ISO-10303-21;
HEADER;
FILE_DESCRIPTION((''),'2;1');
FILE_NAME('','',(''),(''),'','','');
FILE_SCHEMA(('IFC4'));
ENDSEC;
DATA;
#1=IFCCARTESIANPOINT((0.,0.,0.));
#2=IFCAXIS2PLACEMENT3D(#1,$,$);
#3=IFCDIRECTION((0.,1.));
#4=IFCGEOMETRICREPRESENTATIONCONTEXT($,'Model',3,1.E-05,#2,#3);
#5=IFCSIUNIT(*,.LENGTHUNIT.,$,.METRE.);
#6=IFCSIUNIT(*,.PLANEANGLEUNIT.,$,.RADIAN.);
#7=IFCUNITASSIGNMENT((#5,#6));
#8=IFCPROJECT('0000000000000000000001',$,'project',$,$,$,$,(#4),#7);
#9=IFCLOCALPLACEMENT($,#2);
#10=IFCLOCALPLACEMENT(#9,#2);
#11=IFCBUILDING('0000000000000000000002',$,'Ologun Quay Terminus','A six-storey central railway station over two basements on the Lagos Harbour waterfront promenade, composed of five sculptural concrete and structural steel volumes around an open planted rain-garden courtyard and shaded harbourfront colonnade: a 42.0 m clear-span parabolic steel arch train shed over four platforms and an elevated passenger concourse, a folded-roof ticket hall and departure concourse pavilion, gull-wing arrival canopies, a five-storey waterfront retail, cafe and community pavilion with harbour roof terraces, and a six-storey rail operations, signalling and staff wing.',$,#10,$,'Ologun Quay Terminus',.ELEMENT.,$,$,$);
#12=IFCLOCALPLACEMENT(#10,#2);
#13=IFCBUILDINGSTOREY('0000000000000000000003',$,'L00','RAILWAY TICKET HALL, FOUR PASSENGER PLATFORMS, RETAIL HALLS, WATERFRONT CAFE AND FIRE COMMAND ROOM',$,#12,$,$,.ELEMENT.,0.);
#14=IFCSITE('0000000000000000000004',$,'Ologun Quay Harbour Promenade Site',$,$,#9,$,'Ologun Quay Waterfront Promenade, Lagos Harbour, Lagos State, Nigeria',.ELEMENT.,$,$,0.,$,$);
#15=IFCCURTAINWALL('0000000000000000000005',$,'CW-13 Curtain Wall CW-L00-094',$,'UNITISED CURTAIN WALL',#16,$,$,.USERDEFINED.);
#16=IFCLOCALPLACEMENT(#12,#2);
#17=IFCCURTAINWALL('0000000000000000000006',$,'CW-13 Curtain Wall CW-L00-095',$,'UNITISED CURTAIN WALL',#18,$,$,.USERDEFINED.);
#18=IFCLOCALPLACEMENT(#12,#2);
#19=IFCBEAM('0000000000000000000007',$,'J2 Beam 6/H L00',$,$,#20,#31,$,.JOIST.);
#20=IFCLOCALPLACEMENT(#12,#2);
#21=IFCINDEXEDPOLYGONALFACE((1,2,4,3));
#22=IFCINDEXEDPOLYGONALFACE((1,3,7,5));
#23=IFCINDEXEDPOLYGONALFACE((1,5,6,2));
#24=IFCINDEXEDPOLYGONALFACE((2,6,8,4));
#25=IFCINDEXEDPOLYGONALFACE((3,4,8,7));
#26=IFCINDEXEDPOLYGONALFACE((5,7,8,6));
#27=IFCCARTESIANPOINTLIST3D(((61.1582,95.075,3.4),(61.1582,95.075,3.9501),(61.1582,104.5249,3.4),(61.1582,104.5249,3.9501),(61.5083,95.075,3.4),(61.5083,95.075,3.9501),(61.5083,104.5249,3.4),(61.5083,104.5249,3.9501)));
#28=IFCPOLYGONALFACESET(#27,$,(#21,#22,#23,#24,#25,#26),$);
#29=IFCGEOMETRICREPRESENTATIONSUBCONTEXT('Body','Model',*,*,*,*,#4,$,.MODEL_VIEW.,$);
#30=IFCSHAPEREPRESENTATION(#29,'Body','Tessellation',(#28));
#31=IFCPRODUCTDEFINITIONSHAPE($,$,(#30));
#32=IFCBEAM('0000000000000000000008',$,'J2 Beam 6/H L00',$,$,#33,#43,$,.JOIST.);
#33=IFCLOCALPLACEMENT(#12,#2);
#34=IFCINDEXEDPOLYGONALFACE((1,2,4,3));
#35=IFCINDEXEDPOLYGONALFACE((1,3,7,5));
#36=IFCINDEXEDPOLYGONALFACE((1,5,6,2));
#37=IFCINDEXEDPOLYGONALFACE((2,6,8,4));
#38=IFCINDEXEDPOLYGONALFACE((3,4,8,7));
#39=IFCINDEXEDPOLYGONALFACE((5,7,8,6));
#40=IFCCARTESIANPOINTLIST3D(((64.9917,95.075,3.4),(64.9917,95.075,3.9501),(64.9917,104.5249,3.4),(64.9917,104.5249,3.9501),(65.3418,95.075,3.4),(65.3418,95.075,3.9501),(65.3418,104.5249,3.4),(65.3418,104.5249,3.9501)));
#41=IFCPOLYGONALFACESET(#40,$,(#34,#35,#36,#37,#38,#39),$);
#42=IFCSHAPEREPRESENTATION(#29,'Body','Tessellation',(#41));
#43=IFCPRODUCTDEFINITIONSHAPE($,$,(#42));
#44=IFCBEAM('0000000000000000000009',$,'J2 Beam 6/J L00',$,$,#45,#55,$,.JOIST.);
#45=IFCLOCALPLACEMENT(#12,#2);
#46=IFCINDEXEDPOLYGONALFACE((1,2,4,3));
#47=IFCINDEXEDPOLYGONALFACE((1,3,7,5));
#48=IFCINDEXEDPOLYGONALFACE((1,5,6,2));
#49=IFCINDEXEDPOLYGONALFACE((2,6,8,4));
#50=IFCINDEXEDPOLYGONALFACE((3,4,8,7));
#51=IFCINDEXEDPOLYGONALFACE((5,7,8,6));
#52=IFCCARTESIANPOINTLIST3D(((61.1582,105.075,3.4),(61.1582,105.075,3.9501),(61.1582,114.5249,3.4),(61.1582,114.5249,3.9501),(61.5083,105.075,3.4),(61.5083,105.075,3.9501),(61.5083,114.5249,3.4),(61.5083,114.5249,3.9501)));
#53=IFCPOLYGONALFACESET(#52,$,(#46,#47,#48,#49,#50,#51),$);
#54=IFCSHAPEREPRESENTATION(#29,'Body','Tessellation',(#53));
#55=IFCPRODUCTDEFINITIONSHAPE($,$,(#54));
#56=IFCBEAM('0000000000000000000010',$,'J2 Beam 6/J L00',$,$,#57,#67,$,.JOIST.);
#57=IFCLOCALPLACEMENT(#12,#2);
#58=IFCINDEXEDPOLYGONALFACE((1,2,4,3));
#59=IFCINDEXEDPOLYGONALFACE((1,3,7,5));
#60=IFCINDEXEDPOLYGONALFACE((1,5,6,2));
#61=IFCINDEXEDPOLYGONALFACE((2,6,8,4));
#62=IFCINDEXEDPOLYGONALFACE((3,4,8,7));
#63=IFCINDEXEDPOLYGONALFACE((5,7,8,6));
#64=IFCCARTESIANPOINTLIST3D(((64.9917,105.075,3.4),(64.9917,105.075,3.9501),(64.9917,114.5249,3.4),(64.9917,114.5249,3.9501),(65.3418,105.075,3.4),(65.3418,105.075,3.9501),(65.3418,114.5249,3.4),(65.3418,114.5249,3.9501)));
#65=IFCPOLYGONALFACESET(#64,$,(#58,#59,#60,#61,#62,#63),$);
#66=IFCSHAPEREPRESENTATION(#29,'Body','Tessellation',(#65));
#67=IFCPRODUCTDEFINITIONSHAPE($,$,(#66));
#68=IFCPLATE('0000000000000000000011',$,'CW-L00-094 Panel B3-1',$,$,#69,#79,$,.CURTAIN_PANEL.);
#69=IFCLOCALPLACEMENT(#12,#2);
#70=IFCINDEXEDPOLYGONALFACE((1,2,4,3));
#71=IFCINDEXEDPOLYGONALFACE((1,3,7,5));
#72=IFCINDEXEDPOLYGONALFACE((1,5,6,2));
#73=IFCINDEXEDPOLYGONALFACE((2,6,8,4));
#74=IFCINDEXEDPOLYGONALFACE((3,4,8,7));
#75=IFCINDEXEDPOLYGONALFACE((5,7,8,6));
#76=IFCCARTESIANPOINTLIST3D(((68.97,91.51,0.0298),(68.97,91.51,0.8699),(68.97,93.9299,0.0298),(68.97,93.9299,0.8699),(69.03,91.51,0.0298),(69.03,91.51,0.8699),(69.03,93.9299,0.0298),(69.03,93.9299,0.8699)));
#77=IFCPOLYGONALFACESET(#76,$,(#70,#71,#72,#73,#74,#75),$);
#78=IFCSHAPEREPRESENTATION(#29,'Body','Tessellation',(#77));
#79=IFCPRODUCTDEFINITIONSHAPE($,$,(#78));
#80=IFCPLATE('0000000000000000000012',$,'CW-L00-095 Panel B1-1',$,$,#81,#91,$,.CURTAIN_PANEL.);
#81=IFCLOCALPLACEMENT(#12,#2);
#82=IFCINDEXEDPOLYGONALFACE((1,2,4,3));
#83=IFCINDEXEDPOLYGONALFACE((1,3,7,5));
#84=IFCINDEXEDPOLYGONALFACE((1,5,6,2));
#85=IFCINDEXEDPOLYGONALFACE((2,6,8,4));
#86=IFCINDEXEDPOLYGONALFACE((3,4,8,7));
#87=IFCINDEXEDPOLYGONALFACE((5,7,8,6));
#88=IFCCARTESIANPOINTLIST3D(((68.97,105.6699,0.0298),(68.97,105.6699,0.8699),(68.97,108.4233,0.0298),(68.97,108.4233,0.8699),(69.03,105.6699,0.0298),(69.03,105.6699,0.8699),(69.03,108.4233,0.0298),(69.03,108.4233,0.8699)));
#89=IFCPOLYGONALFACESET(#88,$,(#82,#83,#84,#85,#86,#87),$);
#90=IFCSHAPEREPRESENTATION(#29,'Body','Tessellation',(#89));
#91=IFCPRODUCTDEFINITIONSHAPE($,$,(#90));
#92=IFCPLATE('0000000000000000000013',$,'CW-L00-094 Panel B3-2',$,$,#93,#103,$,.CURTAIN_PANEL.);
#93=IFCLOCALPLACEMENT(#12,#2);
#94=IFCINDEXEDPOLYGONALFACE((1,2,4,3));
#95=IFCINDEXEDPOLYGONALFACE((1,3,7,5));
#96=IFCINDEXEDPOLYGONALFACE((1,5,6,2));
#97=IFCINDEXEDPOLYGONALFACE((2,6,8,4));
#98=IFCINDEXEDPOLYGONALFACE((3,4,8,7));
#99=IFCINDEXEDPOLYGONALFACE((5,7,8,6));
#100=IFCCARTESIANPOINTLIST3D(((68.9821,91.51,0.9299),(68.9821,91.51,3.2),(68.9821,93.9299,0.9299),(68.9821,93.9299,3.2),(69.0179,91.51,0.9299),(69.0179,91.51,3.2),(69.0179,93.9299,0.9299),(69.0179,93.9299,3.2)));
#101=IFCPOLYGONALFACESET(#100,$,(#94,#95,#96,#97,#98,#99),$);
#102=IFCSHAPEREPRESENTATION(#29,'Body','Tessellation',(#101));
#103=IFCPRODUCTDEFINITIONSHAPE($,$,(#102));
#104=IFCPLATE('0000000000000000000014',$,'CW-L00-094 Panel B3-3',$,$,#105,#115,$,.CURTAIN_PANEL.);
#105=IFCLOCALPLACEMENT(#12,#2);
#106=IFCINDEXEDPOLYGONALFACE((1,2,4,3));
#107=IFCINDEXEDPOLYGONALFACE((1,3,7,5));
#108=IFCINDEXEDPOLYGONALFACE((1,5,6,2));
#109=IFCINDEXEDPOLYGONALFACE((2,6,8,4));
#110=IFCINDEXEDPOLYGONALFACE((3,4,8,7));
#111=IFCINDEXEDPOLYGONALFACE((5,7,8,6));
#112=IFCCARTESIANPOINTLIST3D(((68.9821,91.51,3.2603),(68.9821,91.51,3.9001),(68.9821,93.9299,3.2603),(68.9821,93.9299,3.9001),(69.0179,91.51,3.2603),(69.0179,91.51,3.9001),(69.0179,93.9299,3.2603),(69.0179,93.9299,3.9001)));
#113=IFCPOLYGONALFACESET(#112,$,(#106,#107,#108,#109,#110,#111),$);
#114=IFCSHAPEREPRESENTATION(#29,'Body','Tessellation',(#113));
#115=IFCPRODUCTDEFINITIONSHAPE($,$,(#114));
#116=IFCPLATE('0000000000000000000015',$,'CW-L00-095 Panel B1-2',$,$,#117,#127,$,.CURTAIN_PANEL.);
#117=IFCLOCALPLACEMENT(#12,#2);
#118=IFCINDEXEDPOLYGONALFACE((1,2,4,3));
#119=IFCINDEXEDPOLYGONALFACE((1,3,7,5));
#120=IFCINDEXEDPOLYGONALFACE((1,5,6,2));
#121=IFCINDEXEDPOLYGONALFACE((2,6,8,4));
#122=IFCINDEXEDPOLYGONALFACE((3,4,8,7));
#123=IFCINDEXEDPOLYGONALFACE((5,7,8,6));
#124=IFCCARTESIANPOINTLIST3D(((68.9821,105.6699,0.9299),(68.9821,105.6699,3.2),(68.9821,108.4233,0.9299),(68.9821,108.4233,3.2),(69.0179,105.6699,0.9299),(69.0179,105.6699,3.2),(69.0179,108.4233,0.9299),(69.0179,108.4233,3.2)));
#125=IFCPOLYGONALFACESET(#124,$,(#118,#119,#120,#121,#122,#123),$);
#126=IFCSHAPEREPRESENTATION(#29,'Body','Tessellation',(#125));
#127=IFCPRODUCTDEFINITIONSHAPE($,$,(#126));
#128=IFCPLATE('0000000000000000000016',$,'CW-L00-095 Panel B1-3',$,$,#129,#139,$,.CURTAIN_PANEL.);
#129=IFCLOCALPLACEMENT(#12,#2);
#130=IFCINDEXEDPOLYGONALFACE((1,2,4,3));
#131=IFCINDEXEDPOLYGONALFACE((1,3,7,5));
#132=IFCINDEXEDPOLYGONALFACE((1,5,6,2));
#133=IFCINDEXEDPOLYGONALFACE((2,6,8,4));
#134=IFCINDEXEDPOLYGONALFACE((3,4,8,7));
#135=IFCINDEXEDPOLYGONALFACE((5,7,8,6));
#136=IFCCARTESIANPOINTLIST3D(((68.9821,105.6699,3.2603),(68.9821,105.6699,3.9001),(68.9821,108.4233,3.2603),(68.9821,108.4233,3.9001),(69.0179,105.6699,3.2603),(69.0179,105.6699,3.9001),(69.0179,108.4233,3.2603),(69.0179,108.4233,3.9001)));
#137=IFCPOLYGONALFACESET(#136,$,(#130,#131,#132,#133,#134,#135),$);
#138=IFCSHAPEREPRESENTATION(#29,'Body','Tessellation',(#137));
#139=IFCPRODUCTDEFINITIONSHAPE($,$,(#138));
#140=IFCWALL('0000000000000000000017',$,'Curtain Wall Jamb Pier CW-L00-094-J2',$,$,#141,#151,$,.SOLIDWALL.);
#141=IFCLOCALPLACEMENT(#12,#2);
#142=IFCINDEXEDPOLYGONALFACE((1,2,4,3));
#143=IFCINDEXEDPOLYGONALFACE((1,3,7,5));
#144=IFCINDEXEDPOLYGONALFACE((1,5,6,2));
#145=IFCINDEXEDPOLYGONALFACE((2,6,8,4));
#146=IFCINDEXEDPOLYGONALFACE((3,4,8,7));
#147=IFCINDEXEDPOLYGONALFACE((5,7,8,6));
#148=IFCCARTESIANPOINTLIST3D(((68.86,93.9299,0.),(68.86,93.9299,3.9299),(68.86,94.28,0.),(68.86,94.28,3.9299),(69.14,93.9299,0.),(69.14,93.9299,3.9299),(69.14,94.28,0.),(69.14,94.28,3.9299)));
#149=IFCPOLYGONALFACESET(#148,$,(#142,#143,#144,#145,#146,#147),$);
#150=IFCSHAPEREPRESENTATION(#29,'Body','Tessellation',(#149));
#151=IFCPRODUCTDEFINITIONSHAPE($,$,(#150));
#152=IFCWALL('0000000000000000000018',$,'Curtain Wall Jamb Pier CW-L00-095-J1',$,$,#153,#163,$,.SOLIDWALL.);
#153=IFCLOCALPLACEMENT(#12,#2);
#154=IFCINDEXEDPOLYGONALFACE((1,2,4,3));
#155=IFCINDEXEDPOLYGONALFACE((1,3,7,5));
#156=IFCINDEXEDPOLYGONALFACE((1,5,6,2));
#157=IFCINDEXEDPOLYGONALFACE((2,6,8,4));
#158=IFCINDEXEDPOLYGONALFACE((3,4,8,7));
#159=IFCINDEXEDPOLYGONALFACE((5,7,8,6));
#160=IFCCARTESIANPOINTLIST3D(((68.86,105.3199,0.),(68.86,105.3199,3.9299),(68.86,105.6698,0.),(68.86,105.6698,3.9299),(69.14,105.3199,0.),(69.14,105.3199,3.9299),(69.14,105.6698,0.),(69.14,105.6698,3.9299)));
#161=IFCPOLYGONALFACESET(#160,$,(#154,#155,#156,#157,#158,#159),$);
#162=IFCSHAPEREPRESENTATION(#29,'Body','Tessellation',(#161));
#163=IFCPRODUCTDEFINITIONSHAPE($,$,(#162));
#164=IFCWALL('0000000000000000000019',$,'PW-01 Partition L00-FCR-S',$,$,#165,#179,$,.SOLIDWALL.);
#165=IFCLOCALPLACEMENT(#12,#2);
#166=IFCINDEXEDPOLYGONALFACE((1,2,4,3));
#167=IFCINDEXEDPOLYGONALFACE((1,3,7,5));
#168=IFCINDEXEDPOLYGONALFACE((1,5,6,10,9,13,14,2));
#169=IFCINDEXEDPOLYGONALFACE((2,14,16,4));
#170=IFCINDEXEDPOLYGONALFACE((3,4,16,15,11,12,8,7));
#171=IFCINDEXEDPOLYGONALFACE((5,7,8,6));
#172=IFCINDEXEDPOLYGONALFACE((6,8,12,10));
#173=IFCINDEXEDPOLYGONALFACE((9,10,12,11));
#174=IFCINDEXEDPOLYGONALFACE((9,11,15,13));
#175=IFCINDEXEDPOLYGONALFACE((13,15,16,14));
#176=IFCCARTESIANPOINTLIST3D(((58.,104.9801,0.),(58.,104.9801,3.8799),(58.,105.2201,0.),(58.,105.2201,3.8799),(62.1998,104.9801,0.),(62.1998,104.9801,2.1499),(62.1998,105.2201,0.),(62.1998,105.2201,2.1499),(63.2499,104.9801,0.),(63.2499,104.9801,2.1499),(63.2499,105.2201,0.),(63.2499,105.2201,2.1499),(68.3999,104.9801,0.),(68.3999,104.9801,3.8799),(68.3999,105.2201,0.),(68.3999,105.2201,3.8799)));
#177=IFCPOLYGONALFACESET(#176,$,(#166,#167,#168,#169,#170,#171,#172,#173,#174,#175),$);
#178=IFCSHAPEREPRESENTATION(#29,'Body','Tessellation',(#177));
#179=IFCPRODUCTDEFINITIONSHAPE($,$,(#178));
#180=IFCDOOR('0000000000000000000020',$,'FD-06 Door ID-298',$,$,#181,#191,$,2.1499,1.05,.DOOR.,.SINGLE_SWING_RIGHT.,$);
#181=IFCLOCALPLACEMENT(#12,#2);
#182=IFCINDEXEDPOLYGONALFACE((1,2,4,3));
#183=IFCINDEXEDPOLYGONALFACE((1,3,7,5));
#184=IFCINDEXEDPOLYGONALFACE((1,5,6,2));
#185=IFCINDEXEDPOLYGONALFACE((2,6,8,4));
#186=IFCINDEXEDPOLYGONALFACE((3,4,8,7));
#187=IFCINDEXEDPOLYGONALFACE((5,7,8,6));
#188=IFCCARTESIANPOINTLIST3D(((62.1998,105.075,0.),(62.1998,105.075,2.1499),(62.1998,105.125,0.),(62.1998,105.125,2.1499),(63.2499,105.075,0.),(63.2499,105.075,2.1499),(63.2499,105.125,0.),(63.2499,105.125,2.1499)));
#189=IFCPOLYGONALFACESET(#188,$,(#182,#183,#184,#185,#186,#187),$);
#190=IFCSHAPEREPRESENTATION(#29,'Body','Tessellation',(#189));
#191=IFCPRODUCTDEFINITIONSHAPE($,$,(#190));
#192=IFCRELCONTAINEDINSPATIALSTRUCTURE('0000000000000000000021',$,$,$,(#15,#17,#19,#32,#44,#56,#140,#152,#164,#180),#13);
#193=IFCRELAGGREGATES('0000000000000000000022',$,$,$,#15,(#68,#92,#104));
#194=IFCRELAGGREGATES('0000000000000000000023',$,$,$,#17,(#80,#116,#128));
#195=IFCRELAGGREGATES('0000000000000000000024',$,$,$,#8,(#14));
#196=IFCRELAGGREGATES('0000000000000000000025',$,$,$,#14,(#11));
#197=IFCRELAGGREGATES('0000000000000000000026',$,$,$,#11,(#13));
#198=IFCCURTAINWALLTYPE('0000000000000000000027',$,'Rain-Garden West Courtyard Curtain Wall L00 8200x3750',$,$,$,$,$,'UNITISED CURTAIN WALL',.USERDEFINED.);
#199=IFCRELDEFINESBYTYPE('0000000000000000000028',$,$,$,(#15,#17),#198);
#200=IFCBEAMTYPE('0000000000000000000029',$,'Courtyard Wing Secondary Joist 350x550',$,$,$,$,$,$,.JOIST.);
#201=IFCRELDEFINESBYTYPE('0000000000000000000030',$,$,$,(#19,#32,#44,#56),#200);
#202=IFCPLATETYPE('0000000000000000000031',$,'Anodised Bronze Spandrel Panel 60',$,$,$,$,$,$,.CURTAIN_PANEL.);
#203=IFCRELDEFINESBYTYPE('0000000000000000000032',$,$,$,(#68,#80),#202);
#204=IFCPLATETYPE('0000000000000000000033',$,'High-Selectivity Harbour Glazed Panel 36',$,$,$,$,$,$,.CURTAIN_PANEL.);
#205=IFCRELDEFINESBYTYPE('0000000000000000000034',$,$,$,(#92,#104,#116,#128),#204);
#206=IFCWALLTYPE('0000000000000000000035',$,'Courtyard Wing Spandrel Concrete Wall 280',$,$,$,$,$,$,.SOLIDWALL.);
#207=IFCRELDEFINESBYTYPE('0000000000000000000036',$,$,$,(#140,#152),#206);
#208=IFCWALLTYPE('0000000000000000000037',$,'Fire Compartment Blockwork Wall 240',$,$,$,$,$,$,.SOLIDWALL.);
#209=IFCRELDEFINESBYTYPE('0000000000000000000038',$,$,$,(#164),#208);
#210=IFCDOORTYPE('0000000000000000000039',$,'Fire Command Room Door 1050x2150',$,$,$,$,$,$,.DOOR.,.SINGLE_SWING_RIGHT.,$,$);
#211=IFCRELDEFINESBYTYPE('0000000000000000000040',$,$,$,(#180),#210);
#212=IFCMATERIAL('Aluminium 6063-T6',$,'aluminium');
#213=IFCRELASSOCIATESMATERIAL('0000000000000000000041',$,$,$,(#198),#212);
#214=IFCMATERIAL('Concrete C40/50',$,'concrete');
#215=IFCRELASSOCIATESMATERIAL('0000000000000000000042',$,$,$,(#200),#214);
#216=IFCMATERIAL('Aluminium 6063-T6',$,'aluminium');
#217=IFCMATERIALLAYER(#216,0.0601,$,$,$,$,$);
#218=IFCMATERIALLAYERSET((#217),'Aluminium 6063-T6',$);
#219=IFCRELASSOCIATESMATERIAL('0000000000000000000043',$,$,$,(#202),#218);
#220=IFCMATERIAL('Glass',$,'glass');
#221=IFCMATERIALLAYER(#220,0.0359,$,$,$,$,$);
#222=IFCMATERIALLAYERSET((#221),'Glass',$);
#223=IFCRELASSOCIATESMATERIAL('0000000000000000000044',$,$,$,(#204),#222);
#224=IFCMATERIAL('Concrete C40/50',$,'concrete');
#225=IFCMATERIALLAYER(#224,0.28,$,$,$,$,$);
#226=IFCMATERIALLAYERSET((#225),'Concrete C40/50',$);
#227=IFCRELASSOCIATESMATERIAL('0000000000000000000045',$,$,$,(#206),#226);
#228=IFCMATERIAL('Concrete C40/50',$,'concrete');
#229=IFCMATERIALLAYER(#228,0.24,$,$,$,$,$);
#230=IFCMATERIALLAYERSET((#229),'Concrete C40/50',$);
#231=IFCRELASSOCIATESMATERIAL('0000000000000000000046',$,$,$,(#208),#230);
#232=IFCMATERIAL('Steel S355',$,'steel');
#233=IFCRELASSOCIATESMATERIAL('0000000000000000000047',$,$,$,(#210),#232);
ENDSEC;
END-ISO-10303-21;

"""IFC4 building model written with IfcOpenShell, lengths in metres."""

from ifc_helpers import new_model, si_unit, direction, frame, frame_2d, origin, origin_2d, place, context, subcontext, project, spatial, rectangle, extrude, material, layer, layer_set, material_profile, profile_set, type_object, element, fill, aggregate, save


model = new_model("IFC4")

# Units and contexts
model_context = context("Model", 3, precision=1e-05, world=origin(), true_north=direction((0.0, 1.0)))
body_context = subcontext(model_context, "Body", "Model", "MODEL_VIEW")
ifc_project = project(units=[si_unit("LENGTHUNIT", "METRE"), si_unit("PLANEANGLEUNIT", "RADIAN")], contexts=[model_context])

# Site, building, storey
site_placement = place(None, origin())
site = spatial("IfcSite", under=ifc_project, at=site_placement, Name="Ologun Quay Harbour Promenade Site", LongName="Ologun Quay Waterfront Promenade, Lagos Harbour, Lagos State, Nigeria", CompositionType="ELEMENT", RefElevation=0.0)
building_placement = place(site_placement, origin())
building = spatial("IfcBuilding", under=site, at=building_placement, Name="Ologun Quay Terminus", Description="A six-storey central railway station over two basements on the Lagos Harbour waterfront promenade, composed of five sculptural concrete and structural steel volumes around an open planted rain-garden courtyard and shaded harbourfront colonnade: a 42.0 m clear-span parabolic steel arch train shed over four platforms and an elevated passenger concourse, a folded-roof ticket hall and departure concourse pavilion, gull-wing arrival canopies, a five-storey waterfront retail, cafe and community pavilion with harbour roof terraces, and a six-storey rail operations, signalling and staff wing.", LongName="Ologun Quay Terminus", CompositionType="ELEMENT")
storey_placement = place(building_placement, origin())
storey = spatial("IfcBuildingStorey", under=building, at=storey_placement, Name="L00", Description="RAILWAY TICKET HALL, FOUR PASSENGER PLATFORMS, RETAIL HALLS, WATERFRONT CAFE AND FIRE COMMAND ROOM", CompositionType="ELEMENT", Elevation=0.0)

# Curtain wall
ifc_material_1 = material(Name="Aluminium 6063-T6", Category="aluminium")
curtain_wall_type = type_object("IfcCurtainWallType", Name="Rain-Garden West Courtyard Curtain Wall L00 8200x3750", ElementType="UNITISED CURTAIN WALL", PredefinedType="USERDEFINED", material=ifc_material_1)
curtain_wall_1_placement = place(storey_placement, origin())
curtain_wall_1 = element("IfcCurtainWall", 1, at=curtain_wall_1_placement, inside=storey, type_object=curtain_wall_type, Name="CW-13 Curtain Wall CW-L00-094", ObjectType="UNITISED CURTAIN WALL", PredefinedType="USERDEFINED")

# Curtain wall
curtain_wall_2_placement = place(storey_placement, origin())
curtain_wall_2 = element("IfcCurtainWall", 2, at=curtain_wall_2_placement, inside=storey, type_object=curtain_wall_type, Name="CW-13 Curtain Wall CW-L00-095", ObjectType="UNITISED CURTAIN WALL", PredefinedType="USERDEFINED")

# Beams
ifc_material_2 = material(Name="Concrete C40/50", Category="concrete")
ifc_material_profile_1 = material_profile(ifc_material_2, rectangle(XDim=0.3501, YDim=0.55, at=origin_2d()), Name="RC 350x550")
ifc_profile_set_1 = profile_set([ifc_material_profile_1], Name="Concrete C40/50")
beam_type_1 = type_object("IfcBeamType", Name="Courtyard Wing Secondary Joist 350x550", PredefinedType="JOIST", material=ifc_profile_set_1)
for number, where, z_axis, x_axis, name in (
    (3, (61.3333, 95.075, 3.675), (0.0, 1.0, 0.0), (-1.0, 0.0, 0.0), "J2 Beam 6/H L00"),
    (4, (65.1667, 95.075, 3.675), (0.0, 1.0, 0.0), (-1.0, 0.0, 0.0), "J2 Beam 6/H L00"),
    (5, (61.3333, 105.075, 3.675), (0.0, 1.0, 0.0), (-1.0, 0.0, 0.0), "J2 Beam 6/J L00"),
    (6, (65.1667, 105.075, 3.675), (0.0, 1.0, 0.0), (-1.0, 0.0, 0.0), "J2 Beam 6/J L00"),
):
    element("IfcBeam", number, at=place(storey_placement, frame(where, z_axis=z_axis, x_axis=x_axis)), inside=storey, type_object=beam_type_1, Name=name, PredefinedType="JOIST", context=body_context, shape_type="SweptSolid", body=[
        extrude(rectangle(XDim=0.3501, YDim=0.55, at=origin_2d()), origin(), (0.0, 0.0, 1.0), 9.45),
    ])

# Plates
ifc_material_3 = material(Name="Aluminium 6063-T6", Category="aluminium")
ifc_layer_1 = layer(ifc_material_3, 0.0601)
ifc_layer_set_1 = layer_set([ifc_layer_1], Name="Aluminium 6063-T6")
plate_type_1 = type_object("IfcPlateType", Name="Anodised Bronze Spandrel Panel 60", PredefinedType="CURTAIN_PANEL", material=ifc_layer_set_1)
plate_1_placement = place(storey_placement, frame((69.0, 92.72, 0.0298), z_axis=(0.0, 0.0, 1.0), x_axis=(0.0, 1.0, 0.0)))
plate_1 = element("IfcPlate", 7, at=plate_1_placement, type_object=plate_type_1, Name="CW-L00-094 Panel B3-1", PredefinedType="CURTAIN_PANEL", context=body_context, shape_type="SweptSolid", body=[
    extrude(rectangle(XDim=2.4199, YDim=0.0601, at=origin_2d()), origin(), (0.0, 0.0, 1.0), 0.8401),
])
plate_2_placement = place(storey_placement, frame((69.0, 107.0466, 0.0298), z_axis=(0.0, 0.0, 1.0), x_axis=(0.0, 1.0, 0.0)))
plate_2 = element("IfcPlate", 8, at=plate_2_placement, type_object=plate_type_1, Name="CW-L00-095 Panel B1-1", PredefinedType="CURTAIN_PANEL", context=body_context, shape_type="SweptSolid", body=[
    extrude(rectangle(XDim=2.7534, YDim=0.0601, at=origin_2d()), origin(), (0.0, 0.0, 1.0), 0.8401),
])
ifc_material_4 = material(Name="Glass", Category="glass")
ifc_layer_2 = layer(ifc_material_4, 0.0359)
ifc_layer_set_2 = layer_set([ifc_layer_2], Name="Glass")
plate_type_2 = type_object("IfcPlateType", Name="High-Selectivity Harbour Glazed Panel 36", PredefinedType="CURTAIN_PANEL", material=ifc_layer_set_2)
plate_3_placement = place(storey_placement, frame((69.0, 92.72, 0.9299), z_axis=(0.0, 0.0, 1.0), x_axis=(0.0, 1.0, 0.0)))
plate_3 = element("IfcPlate", 9, at=plate_3_placement, type_object=plate_type_2, Name="CW-L00-094 Panel B3-2", PredefinedType="CURTAIN_PANEL", context=body_context, shape_type="SweptSolid", body=[
    extrude(rectangle(XDim=2.4199, YDim=0.0359, at=origin_2d()), origin(), (0.0, 0.0, 1.0), 2.27),
])
plate_4_placement = place(storey_placement, frame((69.0, 92.72, 3.2603), z_axis=(0.0, 0.0, 1.0), x_axis=(0.0, 1.0, 0.0)))
plate_4 = element("IfcPlate", 10, at=plate_4_placement, type_object=plate_type_2, Name="CW-L00-094 Panel B3-3", PredefinedType="CURTAIN_PANEL", context=body_context, shape_type="SweptSolid", body=[
    extrude(rectangle(XDim=2.4199, YDim=0.0359, at=origin_2d()), origin(), (0.0, 0.0, 1.0), 0.6399),
])
aggregate(curtain_wall_1, [plate_1, plate_3, plate_4])
plate_5_placement = place(storey_placement, frame((69.0, 107.0466, 0.9299), z_axis=(0.0, 0.0, 1.0), x_axis=(0.0, 1.0, 0.0)))
plate_5 = element("IfcPlate", 11, at=plate_5_placement, type_object=plate_type_2, Name="CW-L00-095 Panel B1-2", PredefinedType="CURTAIN_PANEL", context=body_context, shape_type="SweptSolid", body=[
    extrude(rectangle(XDim=2.7534, YDim=0.0359, at=origin_2d()), origin(), (0.0, 0.0, 1.0), 2.27),
])
plate_6_placement = place(storey_placement, frame((69.0, 107.0466, 3.2603), z_axis=(0.0, 0.0, 1.0), x_axis=(0.0, 1.0, 0.0)))
plate_6 = element("IfcPlate", 12, at=plate_6_placement, type_object=plate_type_2, Name="CW-L00-095 Panel B1-3", PredefinedType="CURTAIN_PANEL", context=body_context, shape_type="SweptSolid", body=[
    extrude(rectangle(XDim=2.7534, YDim=0.0359, at=origin_2d()), origin(), (0.0, 0.0, 1.0), 0.6399),
])
aggregate(curtain_wall_2, [plate_2, plate_5, plate_6])

# Walls
ifc_material_5 = material(Name="Concrete C40/50", Category="concrete")
ifc_layer_3 = layer(ifc_material_5, 0.28)
ifc_layer_set_3 = layer_set([ifc_layer_3], Name="Concrete C40/50")
wall_type_1 = type_object("IfcWallType", Name="Courtyard Wing Spandrel Concrete Wall 280", PredefinedType="SOLIDWALL", material=ifc_layer_set_3)
wall_1_placement = place(storey_placement, frame((69.0, 93.9299, 0.0), z_axis=(0.0, 0.0, 1.0), x_axis=(0.0, 1.0, 0.0)))
element("IfcWall", 13, at=wall_1_placement, inside=storey, type_object=wall_type_1, Name="Curtain Wall Jamb Pier CW-L00-094-J2", PredefinedType="SOLIDWALL", context=body_context, shape_type="SweptSolid", body=[
    extrude(rectangle(XDim=0.3501, YDim=0.28, at=frame_2d((0.175, 0.0))), origin(), (0.0, 0.0, 1.0), 3.9299),
])
wall_2_placement = place(storey_placement, frame((69.0, 105.3201, 0.0), z_axis=(0.0, 0.0, 1.0), x_axis=(0.0, 1.0, 0.0)))
element("IfcWall", 14, at=wall_2_placement, inside=storey, type_object=wall_type_1, Name="Curtain Wall Jamb Pier CW-L00-095-J1", PredefinedType="SOLIDWALL", context=body_context, shape_type="SweptSolid", body=[
    extrude(rectangle(XDim=0.3499, YDim=0.28, at=frame_2d((0.1748, 0.0))), origin(), (0.0, 0.0, 1.0), 3.9299),
])

# Wall, opening, door
ifc_material_6 = material(Name="Concrete C40/50", Category="concrete")
ifc_layer_4 = layer(ifc_material_6, 0.24)
ifc_layer_set_4 = layer_set([ifc_layer_4], Name="Concrete C40/50")
wall_type_2 = type_object("IfcWallType", Name="Fire Compartment Blockwork Wall 240", PredefinedType="SOLIDWALL", material=ifc_layer_set_4)
wall_3_placement = place(storey_placement, frame((58.0, 105.1001, 0.0), z_axis=(0.0, 0.0, 1.0), x_axis=(1.0, 0.0, 0.0)))
wall_3 = element("IfcWall", 15, at=wall_3_placement, inside=storey, type_object=wall_type_2, Name="PW-01 Partition L00-FCR-S", PredefinedType="SOLIDWALL", context=body_context, shape_type="SweptSolid", body=[
    extrude(rectangle(XDim=10.3999, YDim=0.24, at=frame_2d((5.2, 0.0))), origin(), (0.0, 0.0, 1.0), 3.8799),
])
opening_1_placement = place(wall_3_placement, frame((4.2, 0.0, 0.0)))
opening_1 = element("IfcOpeningElement", 16, at=opening_1_placement, cuts=wall_3, PredefinedType="OPENING", context=body_context, shape_type="SweptSolid", body=[
    extrude(rectangle(XDim=1.05, YDim=2.1499, at=frame_2d((0.5249, 1.075))), frame((0.0, 0.1299, 0.0), z_axis=(0.0, -1.0, 0.0), x_axis=(1.0, 0.0, 0.0)), (0.0, 0.0, 1.0), 0.26),
])
ifc_material_7 = material(Name="Steel S355", Category="steel")
door_type_1 = type_object("IfcDoorType", Name="Fire Command Room Door 1050x2150", OperationType="SINGLE_SWING_RIGHT", PredefinedType="DOOR", material=ifc_material_7)
door_1_placement = place(opening_1_placement, origin())
door_1 = element("IfcDoor", 17, at=door_1_placement, inside=storey, type_object=door_type_1, Name="FD-06 Door ID-298", OperationType="SINGLE_SWING_RIGHT", OverallHeight=2.1499, OverallWidth=1.05, PredefinedType="DOOR", context=body_context, shape_type="SweptSolid", body=[
    extrude(rectangle(XDim=1.05, YDim=2.1499, at=frame_2d((0.5249, 1.075))), frame((0.0, 0.0249, 0.0), z_axis=(0.0, -1.0, 0.0), x_axis=(1.0, 0.0, 0.0)), (0.0, 0.0, 1.0), 0.05),
])
fill(opening_1, door_1)

save(model, "model.ifc")
